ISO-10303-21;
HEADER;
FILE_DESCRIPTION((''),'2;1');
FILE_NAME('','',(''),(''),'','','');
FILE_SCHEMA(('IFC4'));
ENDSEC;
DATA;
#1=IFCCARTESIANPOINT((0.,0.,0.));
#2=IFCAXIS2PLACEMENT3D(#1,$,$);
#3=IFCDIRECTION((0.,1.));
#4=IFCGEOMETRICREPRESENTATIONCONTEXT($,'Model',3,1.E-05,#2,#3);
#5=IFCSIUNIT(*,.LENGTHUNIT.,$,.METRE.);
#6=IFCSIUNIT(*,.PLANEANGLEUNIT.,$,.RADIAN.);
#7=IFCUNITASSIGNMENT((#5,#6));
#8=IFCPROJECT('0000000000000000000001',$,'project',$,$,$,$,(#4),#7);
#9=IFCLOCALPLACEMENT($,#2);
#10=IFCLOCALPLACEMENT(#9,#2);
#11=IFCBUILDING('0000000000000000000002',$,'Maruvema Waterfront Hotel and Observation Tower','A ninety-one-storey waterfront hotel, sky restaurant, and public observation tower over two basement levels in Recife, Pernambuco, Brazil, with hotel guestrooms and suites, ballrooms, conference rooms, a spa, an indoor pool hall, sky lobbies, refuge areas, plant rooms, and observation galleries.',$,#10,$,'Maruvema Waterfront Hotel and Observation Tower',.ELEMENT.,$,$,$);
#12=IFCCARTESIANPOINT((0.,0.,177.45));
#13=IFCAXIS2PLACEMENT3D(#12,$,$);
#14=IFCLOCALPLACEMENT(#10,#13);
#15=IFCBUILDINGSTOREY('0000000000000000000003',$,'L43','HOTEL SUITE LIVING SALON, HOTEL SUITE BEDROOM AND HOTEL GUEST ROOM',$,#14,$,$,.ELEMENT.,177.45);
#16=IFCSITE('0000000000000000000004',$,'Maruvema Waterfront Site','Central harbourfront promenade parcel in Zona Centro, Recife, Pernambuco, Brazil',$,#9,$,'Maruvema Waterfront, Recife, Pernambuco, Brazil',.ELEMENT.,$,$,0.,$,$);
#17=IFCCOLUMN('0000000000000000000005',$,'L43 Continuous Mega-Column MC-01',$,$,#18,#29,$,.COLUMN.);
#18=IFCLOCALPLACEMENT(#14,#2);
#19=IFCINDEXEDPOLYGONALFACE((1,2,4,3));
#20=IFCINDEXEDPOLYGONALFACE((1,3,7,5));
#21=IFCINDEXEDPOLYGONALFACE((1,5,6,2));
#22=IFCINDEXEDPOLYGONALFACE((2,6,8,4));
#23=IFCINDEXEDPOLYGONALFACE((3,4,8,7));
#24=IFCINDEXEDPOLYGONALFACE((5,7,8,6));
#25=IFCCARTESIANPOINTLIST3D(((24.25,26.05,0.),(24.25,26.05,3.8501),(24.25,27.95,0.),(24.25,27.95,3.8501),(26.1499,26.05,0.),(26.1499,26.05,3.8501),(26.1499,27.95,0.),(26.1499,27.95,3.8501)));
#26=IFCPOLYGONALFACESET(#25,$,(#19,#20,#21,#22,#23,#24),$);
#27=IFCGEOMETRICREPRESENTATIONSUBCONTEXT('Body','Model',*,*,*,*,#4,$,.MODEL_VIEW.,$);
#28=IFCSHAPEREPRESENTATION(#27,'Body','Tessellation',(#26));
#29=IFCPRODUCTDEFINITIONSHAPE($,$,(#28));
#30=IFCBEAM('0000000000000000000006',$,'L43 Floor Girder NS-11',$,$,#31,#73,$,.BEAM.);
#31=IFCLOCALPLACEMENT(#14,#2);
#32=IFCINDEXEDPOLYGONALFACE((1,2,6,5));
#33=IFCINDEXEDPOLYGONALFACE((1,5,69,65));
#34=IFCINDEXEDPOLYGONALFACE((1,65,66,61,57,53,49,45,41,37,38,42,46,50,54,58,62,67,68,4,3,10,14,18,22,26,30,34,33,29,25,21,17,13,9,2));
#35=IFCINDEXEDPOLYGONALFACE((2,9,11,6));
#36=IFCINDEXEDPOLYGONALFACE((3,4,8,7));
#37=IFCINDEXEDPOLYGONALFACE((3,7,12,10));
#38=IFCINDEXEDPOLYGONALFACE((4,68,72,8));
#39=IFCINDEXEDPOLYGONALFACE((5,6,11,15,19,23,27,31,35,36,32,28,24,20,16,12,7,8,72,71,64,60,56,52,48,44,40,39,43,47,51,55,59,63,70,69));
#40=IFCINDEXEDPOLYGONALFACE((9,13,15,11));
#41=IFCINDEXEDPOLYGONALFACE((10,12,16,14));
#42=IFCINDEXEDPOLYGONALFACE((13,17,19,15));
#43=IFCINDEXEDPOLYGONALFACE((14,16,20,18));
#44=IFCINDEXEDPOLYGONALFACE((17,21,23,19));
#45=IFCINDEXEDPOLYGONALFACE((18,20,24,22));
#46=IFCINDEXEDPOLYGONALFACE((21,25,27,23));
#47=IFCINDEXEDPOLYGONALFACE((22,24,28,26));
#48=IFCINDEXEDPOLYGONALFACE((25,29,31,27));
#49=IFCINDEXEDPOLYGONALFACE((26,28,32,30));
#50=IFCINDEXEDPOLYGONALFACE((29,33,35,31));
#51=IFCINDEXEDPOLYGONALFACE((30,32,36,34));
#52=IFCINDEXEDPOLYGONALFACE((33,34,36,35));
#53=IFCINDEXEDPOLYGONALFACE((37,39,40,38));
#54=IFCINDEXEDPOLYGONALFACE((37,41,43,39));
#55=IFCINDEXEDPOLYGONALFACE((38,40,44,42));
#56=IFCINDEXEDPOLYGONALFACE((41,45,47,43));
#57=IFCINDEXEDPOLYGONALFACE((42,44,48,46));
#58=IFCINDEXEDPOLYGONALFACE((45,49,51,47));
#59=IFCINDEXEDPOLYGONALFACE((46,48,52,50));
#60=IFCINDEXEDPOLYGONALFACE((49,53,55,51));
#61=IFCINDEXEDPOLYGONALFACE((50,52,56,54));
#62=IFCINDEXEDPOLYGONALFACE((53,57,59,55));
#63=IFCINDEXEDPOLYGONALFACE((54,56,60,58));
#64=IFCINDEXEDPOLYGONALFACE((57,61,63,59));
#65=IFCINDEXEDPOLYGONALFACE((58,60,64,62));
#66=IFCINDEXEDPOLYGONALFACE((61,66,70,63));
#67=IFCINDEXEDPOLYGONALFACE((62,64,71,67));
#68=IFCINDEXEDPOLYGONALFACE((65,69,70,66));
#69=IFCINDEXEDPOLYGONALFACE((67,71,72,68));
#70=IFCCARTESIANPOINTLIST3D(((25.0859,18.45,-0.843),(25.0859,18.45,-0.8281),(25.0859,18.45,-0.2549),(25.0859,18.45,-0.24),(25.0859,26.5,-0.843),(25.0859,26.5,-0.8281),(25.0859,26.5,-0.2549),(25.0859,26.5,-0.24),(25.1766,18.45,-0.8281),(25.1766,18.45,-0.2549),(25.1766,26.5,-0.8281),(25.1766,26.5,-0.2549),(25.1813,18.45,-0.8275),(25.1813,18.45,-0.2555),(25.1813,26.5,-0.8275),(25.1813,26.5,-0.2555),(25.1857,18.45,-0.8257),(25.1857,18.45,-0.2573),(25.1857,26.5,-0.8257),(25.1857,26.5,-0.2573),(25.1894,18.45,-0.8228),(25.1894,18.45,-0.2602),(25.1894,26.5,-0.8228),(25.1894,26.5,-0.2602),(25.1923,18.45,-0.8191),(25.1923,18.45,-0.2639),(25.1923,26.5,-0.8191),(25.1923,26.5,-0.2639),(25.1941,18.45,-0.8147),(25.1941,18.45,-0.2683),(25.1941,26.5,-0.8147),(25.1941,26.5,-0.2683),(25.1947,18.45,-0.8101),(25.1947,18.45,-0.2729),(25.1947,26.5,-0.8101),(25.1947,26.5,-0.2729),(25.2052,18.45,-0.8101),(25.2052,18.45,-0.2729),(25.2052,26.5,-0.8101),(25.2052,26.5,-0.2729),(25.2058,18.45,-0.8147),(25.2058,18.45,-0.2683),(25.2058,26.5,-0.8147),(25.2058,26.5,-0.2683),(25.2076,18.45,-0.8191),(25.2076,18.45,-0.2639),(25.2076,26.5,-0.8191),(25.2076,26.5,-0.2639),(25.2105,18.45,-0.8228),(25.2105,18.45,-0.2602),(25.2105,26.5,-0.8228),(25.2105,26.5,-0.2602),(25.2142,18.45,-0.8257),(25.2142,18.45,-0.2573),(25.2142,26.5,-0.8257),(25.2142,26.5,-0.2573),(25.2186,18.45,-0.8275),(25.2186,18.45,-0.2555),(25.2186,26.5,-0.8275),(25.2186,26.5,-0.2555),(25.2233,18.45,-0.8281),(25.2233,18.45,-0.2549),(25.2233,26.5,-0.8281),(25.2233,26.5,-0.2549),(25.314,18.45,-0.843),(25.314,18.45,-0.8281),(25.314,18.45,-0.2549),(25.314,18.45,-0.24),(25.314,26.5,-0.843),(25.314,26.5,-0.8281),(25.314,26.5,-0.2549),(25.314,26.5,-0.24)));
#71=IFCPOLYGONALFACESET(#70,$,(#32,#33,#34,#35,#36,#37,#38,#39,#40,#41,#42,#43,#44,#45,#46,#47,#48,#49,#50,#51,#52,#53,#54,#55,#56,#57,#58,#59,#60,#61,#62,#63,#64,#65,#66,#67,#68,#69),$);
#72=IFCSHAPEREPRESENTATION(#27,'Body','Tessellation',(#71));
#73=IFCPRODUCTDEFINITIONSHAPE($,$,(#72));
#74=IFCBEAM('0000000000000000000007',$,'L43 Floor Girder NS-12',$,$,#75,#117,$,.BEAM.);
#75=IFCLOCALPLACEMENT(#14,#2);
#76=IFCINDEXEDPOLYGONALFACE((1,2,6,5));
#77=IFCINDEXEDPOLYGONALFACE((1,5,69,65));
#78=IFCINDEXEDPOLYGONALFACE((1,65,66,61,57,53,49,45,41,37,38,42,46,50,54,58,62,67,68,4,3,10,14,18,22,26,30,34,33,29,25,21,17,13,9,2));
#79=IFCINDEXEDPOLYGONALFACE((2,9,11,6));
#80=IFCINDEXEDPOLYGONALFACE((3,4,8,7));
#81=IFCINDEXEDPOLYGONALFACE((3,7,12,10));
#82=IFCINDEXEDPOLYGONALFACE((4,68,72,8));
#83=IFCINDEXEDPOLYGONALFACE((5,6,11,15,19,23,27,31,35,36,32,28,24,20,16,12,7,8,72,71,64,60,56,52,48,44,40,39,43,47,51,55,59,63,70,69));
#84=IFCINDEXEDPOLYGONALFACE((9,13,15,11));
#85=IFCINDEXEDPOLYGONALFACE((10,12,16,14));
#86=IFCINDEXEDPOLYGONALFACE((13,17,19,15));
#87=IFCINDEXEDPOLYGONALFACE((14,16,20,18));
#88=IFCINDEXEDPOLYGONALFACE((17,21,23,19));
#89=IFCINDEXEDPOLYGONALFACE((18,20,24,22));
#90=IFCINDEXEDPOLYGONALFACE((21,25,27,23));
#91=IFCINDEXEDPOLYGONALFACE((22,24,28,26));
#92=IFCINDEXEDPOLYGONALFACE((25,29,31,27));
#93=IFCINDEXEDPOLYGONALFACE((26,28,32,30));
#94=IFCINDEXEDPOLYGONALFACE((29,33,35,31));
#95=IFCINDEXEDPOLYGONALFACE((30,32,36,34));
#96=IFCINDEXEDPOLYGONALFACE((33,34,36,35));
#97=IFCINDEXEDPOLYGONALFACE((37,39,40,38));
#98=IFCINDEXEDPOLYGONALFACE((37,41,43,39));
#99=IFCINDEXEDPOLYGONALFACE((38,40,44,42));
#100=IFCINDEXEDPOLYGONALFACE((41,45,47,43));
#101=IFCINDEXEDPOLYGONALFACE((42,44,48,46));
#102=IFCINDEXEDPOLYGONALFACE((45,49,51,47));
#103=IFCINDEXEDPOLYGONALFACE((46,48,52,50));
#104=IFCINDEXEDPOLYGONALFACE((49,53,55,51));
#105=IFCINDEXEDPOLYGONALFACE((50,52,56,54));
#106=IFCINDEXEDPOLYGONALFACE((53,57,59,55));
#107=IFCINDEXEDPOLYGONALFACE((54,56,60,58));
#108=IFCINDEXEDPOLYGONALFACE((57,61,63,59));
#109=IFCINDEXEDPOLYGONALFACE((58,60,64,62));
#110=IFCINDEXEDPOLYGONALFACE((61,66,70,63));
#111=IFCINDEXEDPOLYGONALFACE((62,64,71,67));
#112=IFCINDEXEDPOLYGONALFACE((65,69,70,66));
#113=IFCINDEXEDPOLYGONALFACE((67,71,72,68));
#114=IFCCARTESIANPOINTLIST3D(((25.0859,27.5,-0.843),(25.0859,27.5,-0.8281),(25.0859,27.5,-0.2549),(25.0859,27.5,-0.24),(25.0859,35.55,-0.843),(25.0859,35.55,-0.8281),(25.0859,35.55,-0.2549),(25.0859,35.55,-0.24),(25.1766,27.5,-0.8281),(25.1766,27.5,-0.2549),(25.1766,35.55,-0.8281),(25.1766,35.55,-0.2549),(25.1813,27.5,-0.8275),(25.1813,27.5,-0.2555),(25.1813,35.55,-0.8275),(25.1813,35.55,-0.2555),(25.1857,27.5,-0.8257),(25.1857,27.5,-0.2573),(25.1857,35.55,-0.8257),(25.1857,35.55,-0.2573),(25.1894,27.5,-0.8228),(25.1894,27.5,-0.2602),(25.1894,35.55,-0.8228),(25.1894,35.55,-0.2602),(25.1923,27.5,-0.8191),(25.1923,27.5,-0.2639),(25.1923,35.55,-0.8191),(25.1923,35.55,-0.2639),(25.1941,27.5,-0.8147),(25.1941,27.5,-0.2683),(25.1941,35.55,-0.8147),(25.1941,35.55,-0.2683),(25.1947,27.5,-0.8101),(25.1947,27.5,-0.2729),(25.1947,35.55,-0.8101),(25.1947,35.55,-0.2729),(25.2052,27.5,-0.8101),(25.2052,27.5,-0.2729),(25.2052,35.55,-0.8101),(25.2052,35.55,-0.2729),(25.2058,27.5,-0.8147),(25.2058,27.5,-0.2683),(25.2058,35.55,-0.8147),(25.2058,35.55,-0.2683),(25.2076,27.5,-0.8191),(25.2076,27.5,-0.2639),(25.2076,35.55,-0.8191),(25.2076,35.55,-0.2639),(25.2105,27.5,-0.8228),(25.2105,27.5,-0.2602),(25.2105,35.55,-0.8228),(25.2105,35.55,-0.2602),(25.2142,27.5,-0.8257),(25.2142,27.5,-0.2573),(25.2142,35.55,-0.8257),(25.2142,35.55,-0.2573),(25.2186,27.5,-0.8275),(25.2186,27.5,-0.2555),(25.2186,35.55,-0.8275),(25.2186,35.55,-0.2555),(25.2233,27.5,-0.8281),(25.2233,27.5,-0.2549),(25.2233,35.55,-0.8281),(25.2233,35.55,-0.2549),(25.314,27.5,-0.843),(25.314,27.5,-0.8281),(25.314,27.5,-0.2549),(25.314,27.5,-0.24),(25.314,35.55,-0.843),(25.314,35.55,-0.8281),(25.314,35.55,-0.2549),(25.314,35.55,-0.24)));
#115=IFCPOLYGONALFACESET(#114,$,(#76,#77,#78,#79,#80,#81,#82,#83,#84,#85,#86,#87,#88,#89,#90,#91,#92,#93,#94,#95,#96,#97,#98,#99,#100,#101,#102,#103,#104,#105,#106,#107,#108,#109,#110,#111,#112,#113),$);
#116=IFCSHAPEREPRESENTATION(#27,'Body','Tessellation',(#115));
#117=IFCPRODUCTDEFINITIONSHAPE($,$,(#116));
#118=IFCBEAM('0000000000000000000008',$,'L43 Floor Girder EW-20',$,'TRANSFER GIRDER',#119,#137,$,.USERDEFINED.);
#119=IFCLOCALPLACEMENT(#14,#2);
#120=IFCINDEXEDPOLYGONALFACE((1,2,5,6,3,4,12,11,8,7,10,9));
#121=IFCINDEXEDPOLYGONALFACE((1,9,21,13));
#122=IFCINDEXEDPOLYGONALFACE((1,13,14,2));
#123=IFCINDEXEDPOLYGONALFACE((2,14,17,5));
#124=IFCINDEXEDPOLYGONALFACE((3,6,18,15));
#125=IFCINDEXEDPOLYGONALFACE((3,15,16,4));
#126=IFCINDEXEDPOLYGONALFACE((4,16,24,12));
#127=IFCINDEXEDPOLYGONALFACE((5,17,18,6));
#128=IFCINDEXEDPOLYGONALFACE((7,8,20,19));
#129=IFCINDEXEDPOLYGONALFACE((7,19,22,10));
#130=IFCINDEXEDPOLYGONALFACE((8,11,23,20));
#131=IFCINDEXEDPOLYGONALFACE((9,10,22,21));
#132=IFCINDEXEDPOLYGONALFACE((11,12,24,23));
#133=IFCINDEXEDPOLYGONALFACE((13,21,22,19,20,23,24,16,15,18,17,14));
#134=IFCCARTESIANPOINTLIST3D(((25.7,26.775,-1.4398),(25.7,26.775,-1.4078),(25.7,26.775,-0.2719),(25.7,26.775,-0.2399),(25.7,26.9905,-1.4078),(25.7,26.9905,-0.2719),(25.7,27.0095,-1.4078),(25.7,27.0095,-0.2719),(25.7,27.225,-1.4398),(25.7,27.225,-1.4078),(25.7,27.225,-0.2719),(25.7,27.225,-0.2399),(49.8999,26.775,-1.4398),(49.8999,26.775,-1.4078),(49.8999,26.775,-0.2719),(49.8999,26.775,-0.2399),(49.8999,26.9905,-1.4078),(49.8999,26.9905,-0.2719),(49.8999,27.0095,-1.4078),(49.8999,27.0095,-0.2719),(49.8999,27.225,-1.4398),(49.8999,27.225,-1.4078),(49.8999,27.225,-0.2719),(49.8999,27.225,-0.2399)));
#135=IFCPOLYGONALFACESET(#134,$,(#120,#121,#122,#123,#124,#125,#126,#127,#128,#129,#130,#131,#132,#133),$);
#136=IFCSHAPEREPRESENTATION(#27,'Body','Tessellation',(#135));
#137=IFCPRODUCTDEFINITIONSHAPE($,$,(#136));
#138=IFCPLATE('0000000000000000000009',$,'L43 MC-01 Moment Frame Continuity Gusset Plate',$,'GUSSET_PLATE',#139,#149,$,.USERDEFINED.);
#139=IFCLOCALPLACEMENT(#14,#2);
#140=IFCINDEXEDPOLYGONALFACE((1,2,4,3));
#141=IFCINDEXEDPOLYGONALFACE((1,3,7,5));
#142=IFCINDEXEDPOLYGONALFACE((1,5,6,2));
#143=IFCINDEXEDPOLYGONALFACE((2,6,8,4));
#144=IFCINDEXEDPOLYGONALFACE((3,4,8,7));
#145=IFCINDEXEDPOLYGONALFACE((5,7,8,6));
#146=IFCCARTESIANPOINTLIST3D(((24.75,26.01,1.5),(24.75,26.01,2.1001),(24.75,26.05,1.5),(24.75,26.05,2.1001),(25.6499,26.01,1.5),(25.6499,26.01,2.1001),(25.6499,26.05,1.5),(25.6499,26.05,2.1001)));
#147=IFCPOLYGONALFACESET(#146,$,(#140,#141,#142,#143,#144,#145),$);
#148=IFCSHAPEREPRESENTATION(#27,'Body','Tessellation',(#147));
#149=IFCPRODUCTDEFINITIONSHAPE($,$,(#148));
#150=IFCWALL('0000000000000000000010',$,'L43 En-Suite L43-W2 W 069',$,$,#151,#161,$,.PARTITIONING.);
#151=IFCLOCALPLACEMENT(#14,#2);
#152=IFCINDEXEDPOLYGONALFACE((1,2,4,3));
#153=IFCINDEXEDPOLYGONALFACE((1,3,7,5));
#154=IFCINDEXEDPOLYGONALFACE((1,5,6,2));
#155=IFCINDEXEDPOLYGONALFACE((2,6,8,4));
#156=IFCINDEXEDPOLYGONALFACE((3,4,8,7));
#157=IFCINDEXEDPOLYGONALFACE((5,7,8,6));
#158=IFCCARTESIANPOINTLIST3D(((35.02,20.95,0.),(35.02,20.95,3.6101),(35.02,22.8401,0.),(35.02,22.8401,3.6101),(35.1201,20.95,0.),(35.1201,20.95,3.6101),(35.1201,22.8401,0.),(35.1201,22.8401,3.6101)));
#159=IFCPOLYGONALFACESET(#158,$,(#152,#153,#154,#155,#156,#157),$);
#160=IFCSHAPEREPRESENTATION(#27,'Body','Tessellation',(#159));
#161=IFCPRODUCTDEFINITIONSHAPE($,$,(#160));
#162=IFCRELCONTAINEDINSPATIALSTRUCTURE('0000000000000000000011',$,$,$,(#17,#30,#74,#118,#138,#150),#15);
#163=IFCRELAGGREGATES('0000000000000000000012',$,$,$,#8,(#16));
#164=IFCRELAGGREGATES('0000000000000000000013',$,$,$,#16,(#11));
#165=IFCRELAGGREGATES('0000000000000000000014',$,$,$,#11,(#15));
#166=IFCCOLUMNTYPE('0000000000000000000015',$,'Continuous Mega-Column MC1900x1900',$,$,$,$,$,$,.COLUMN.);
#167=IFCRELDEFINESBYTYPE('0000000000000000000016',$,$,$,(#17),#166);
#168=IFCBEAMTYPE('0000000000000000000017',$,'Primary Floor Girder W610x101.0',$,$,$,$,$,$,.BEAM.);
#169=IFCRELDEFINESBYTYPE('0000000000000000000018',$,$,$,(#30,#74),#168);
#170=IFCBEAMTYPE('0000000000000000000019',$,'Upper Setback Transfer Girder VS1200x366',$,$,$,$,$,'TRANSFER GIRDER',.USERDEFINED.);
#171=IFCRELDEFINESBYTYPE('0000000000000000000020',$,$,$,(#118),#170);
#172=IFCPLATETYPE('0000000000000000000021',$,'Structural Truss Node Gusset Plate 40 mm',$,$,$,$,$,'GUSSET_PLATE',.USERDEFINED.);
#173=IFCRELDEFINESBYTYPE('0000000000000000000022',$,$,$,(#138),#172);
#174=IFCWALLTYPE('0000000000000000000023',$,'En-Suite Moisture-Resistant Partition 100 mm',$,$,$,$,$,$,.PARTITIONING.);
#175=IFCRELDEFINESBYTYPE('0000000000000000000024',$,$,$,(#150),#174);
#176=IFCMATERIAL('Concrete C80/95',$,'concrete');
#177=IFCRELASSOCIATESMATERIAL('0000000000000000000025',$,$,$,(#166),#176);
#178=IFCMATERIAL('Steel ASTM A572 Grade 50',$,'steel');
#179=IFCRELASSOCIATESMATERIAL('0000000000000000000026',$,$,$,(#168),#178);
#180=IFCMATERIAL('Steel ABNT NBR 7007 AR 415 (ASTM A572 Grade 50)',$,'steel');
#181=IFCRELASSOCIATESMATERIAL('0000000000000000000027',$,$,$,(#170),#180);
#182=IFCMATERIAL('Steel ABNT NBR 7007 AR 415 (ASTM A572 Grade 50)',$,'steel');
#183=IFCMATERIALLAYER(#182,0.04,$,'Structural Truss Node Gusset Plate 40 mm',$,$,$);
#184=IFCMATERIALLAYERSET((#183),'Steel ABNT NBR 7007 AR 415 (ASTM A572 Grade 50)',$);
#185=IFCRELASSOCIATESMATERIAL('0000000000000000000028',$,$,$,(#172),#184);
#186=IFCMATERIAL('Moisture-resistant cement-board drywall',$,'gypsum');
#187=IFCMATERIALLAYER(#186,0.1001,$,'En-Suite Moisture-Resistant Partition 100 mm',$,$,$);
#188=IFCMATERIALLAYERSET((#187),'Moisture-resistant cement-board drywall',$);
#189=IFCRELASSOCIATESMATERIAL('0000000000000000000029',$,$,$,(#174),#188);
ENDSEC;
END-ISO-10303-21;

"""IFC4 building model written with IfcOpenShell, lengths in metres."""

from ifc_helpers import new_model, si_unit, direction, frame, frame_2d, origin, origin_2d, place, context, subcontext, project, spatial, rectangle, i_section, extrude, material, layer, layer_set, material_profile, profile_set, type_object, element, save


model = new_model("IFC4")

# Units and contexts
model_context = context("Model", 3, precision=1e-05, world=origin(), true_north=direction((0.0, 1.0)))
body_context = subcontext(model_context, "Body", "Model", "MODEL_VIEW")
ifc_project = project(units=[si_unit("LENGTHUNIT", "METRE"), si_unit("PLANEANGLEUNIT", "RADIAN")], contexts=[model_context])

# Site, building, storey
site_placement = place(None, origin())
site = spatial("IfcSite", under=ifc_project, at=site_placement, Name="Maruvema Waterfront Site", Description="Central harbourfront promenade parcel in Zona Centro, Recife, Pernambuco, Brazil", LongName="Maruvema Waterfront, Recife, Pernambuco, Brazil", CompositionType="ELEMENT", RefElevation=0.0)
building_placement = place(site_placement, origin())
building = spatial("IfcBuilding", under=site, at=building_placement, Name="Maruvema Waterfront Hotel and Observation Tower", Description="A ninety-one-storey waterfront hotel, sky restaurant, and public observation tower over two basement levels in Recife, Pernambuco, Brazil, with hotel guestrooms and suites, ballrooms, conference rooms, a spa, an indoor pool hall, sky lobbies, refuge areas, plant rooms, and observation galleries.", LongName="Maruvema Waterfront Hotel and Observation Tower", CompositionType="ELEMENT")
storey_placement = place(building_placement, frame((0.0, 0.0, 177.45)))
storey = spatial("IfcBuildingStorey", under=building, at=storey_placement, Name="L43", Description="HOTEL SUITE LIVING SALON, HOTEL SUITE BEDROOM AND HOTEL GUEST ROOM", CompositionType="ELEMENT", Elevation=177.45)

# Column
ifc_material_1 = material(Name="Concrete C80/95", Category="concrete")
ifc_material_profile_1 = material_profile(ifc_material_1, rectangle(XDim=1.8999, YDim=1.8999, at=origin_2d()), Name="MC1900x1900")
ifc_profile_set_1 = profile_set([ifc_material_profile_1], Name="Concrete C80/95")
column_type = type_object("IfcColumnType", Name="Continuous Mega-Column MC1900x1900", PredefinedType="COLUMN", material=ifc_profile_set_1)
column_placement = place(storey_placement, frame((25.2, 27.0, 0.0), z_axis=(0.0, 0.0, 1.0), x_axis=(1.0, 0.0, 0.0)))
element("IfcColumn", 1, at=column_placement, inside=storey, type_object=column_type, Name="L43 Continuous Mega-Column MC-01", PredefinedType="COLUMN", context=body_context, shape_type="SweptSolid", body=[
    extrude(rectangle(XDim=1.8999, YDim=1.8999, at=origin_2d()), origin(), (0.0, 0.0, 1.0), 3.8501),
])

# Beams
ifc_material_2 = material(Name="Steel ASTM A572 Grade 50", Category="steel")
ifc_material_profile_2 = material_profile(ifc_material_2, i_section(OverallWidth=0.228, OverallDepth=0.603, WebThickness=0.0105, FlangeThickness=0.0149, FilletRadius=0.0181, at=origin_2d()), Name="W610x101.0")
ifc_profile_set_2 = profile_set([ifc_material_profile_2], Name="Steel ASTM A572 Grade 50")
beam_type_1 = type_object("IfcBeamType", Name="Primary Floor Girder W610x101.0", PredefinedType="BEAM", material=ifc_profile_set_2)
for number, where, z_axis, x_axis, name in (
    (2, (25.2, 18.45, -0.5415), (0.0, 1.0, 0.0), (-1.0, 0.0, 0.0), "L43 Floor Girder NS-11"),
    (3, (25.2, 27.5, -0.5415), (0.0, 1.0, 0.0), (-1.0, 0.0, 0.0), "L43 Floor Girder NS-12"),
):
    element("IfcBeam", number, at=place(storey_placement, frame(where, z_axis=z_axis, x_axis=x_axis)), inside=storey, type_object=beam_type_1, Name=name, PredefinedType="BEAM", context=body_context, shape_type="SweptSolid", body=[
        extrude(i_section(OverallWidth=0.228, OverallDepth=0.603, WebThickness=0.0105, FlangeThickness=0.0149, FilletRadius=0.0181, at=origin_2d()), origin(), (0.0, 0.0, 1.0), 8.05),
    ])
ifc_material_3 = material(Name="Steel ABNT NBR 7007 AR 415 (ASTM A572 Grade 50)", Category="steel")
ifc_material_profile_3 = material_profile(ifc_material_3, i_section(OverallWidth=0.45, OverallDepth=1.2, WebThickness=0.019, FlangeThickness=0.032, at=origin_2d()), Name="VS1200x366")
ifc_profile_set_3 = profile_set([ifc_material_profile_3], Name="Steel ABNT NBR 7007 AR 415 (ASTM A572 Grade 50)")
beam_type_2 = type_object("IfcBeamType", Name="Upper Setback Transfer Girder VS1200x366", ElementType="TRANSFER GIRDER", PredefinedType="USERDEFINED", material=ifc_profile_set_3)
beam_placement = place(storey_placement, frame((25.7, 27.0, -0.8398), z_axis=(1.0, 0.0, 0.0), x_axis=(0.0, 1.0, 0.0)))
element("IfcBeam", 4, at=beam_placement, inside=storey, type_object=beam_type_2, Name="L43 Floor Girder EW-20", ObjectType="TRANSFER GIRDER", PredefinedType="USERDEFINED", context=body_context, shape_type="SweptSolid", body=[
    extrude(i_section(OverallWidth=0.45, OverallDepth=1.2, WebThickness=0.019, FlangeThickness=0.032, at=origin_2d()), origin(), (0.0, 0.0, 1.0), 24.2),
])

# Plate
ifc_material_4 = material(Name="Steel ABNT NBR 7007 AR 415 (ASTM A572 Grade 50)", Category="steel")
ifc_layer_1 = layer(ifc_material_4, 0.04, Name="Structural Truss Node Gusset Plate 40 mm")
ifc_layer_set_1 = layer_set([ifc_layer_1], Name="Steel ABNT NBR 7007 AR 415 (ASTM A572 Grade 50)")
plate_type = type_object("IfcPlateType", Name="Structural Truss Node Gusset Plate 40 mm", ElementType="GUSSET_PLATE", PredefinedType="USERDEFINED", material=ifc_layer_set_1)
plate_placement = place(storey_placement, frame((25.2, 26.03, 1.5), z_axis=(0.0, 0.0, 1.0), x_axis=(1.0, 0.0, 0.0)))
element("IfcPlate", 5, at=plate_placement, inside=storey, type_object=plate_type, Name="L43 MC-01 Moment Frame Continuity Gusset Plate", ObjectType="GUSSET_PLATE", PredefinedType="USERDEFINED", context=body_context, shape_type="SweptSolid", body=[
    extrude(rectangle(XDim=0.8999, YDim=0.04, at=origin_2d()), origin(), (0.0, 0.0, 1.0), 0.6001),
])

# Wall
ifc_material_5 = material(Name="Moisture-resistant cement-board drywall", Category="gypsum")
ifc_layer_2 = layer(ifc_material_5, 0.1001, Name="En-Suite Moisture-Resistant Partition 100 mm")
ifc_layer_set_2 = layer_set([ifc_layer_2], Name="Moisture-resistant cement-board drywall")
wall_type = type_object("IfcWallType", Name="En-Suite Moisture-Resistant Partition 100 mm", PredefinedType="PARTITIONING", material=ifc_layer_set_2)
wall_1_placement = place(storey_placement, frame((35.0701, 20.95, 0.0), z_axis=(0.0, 0.0, 1.0), x_axis=(0.0, 1.0, 0.0)))
element("IfcWall", 6, at=wall_1_placement, inside=storey, type_object=wall_type, Name="L43 En-Suite L43-W2 W 069", PredefinedType="PARTITIONING", context=body_context, shape_type="SweptSolid", body=[
    extrude(rectangle(XDim=1.8901, YDim=0.1001, at=frame_2d((0.9451, 0.0))), origin(), (0.0, 0.0, 1.0), 3.6101),
])

save(model, "model.ifc")
